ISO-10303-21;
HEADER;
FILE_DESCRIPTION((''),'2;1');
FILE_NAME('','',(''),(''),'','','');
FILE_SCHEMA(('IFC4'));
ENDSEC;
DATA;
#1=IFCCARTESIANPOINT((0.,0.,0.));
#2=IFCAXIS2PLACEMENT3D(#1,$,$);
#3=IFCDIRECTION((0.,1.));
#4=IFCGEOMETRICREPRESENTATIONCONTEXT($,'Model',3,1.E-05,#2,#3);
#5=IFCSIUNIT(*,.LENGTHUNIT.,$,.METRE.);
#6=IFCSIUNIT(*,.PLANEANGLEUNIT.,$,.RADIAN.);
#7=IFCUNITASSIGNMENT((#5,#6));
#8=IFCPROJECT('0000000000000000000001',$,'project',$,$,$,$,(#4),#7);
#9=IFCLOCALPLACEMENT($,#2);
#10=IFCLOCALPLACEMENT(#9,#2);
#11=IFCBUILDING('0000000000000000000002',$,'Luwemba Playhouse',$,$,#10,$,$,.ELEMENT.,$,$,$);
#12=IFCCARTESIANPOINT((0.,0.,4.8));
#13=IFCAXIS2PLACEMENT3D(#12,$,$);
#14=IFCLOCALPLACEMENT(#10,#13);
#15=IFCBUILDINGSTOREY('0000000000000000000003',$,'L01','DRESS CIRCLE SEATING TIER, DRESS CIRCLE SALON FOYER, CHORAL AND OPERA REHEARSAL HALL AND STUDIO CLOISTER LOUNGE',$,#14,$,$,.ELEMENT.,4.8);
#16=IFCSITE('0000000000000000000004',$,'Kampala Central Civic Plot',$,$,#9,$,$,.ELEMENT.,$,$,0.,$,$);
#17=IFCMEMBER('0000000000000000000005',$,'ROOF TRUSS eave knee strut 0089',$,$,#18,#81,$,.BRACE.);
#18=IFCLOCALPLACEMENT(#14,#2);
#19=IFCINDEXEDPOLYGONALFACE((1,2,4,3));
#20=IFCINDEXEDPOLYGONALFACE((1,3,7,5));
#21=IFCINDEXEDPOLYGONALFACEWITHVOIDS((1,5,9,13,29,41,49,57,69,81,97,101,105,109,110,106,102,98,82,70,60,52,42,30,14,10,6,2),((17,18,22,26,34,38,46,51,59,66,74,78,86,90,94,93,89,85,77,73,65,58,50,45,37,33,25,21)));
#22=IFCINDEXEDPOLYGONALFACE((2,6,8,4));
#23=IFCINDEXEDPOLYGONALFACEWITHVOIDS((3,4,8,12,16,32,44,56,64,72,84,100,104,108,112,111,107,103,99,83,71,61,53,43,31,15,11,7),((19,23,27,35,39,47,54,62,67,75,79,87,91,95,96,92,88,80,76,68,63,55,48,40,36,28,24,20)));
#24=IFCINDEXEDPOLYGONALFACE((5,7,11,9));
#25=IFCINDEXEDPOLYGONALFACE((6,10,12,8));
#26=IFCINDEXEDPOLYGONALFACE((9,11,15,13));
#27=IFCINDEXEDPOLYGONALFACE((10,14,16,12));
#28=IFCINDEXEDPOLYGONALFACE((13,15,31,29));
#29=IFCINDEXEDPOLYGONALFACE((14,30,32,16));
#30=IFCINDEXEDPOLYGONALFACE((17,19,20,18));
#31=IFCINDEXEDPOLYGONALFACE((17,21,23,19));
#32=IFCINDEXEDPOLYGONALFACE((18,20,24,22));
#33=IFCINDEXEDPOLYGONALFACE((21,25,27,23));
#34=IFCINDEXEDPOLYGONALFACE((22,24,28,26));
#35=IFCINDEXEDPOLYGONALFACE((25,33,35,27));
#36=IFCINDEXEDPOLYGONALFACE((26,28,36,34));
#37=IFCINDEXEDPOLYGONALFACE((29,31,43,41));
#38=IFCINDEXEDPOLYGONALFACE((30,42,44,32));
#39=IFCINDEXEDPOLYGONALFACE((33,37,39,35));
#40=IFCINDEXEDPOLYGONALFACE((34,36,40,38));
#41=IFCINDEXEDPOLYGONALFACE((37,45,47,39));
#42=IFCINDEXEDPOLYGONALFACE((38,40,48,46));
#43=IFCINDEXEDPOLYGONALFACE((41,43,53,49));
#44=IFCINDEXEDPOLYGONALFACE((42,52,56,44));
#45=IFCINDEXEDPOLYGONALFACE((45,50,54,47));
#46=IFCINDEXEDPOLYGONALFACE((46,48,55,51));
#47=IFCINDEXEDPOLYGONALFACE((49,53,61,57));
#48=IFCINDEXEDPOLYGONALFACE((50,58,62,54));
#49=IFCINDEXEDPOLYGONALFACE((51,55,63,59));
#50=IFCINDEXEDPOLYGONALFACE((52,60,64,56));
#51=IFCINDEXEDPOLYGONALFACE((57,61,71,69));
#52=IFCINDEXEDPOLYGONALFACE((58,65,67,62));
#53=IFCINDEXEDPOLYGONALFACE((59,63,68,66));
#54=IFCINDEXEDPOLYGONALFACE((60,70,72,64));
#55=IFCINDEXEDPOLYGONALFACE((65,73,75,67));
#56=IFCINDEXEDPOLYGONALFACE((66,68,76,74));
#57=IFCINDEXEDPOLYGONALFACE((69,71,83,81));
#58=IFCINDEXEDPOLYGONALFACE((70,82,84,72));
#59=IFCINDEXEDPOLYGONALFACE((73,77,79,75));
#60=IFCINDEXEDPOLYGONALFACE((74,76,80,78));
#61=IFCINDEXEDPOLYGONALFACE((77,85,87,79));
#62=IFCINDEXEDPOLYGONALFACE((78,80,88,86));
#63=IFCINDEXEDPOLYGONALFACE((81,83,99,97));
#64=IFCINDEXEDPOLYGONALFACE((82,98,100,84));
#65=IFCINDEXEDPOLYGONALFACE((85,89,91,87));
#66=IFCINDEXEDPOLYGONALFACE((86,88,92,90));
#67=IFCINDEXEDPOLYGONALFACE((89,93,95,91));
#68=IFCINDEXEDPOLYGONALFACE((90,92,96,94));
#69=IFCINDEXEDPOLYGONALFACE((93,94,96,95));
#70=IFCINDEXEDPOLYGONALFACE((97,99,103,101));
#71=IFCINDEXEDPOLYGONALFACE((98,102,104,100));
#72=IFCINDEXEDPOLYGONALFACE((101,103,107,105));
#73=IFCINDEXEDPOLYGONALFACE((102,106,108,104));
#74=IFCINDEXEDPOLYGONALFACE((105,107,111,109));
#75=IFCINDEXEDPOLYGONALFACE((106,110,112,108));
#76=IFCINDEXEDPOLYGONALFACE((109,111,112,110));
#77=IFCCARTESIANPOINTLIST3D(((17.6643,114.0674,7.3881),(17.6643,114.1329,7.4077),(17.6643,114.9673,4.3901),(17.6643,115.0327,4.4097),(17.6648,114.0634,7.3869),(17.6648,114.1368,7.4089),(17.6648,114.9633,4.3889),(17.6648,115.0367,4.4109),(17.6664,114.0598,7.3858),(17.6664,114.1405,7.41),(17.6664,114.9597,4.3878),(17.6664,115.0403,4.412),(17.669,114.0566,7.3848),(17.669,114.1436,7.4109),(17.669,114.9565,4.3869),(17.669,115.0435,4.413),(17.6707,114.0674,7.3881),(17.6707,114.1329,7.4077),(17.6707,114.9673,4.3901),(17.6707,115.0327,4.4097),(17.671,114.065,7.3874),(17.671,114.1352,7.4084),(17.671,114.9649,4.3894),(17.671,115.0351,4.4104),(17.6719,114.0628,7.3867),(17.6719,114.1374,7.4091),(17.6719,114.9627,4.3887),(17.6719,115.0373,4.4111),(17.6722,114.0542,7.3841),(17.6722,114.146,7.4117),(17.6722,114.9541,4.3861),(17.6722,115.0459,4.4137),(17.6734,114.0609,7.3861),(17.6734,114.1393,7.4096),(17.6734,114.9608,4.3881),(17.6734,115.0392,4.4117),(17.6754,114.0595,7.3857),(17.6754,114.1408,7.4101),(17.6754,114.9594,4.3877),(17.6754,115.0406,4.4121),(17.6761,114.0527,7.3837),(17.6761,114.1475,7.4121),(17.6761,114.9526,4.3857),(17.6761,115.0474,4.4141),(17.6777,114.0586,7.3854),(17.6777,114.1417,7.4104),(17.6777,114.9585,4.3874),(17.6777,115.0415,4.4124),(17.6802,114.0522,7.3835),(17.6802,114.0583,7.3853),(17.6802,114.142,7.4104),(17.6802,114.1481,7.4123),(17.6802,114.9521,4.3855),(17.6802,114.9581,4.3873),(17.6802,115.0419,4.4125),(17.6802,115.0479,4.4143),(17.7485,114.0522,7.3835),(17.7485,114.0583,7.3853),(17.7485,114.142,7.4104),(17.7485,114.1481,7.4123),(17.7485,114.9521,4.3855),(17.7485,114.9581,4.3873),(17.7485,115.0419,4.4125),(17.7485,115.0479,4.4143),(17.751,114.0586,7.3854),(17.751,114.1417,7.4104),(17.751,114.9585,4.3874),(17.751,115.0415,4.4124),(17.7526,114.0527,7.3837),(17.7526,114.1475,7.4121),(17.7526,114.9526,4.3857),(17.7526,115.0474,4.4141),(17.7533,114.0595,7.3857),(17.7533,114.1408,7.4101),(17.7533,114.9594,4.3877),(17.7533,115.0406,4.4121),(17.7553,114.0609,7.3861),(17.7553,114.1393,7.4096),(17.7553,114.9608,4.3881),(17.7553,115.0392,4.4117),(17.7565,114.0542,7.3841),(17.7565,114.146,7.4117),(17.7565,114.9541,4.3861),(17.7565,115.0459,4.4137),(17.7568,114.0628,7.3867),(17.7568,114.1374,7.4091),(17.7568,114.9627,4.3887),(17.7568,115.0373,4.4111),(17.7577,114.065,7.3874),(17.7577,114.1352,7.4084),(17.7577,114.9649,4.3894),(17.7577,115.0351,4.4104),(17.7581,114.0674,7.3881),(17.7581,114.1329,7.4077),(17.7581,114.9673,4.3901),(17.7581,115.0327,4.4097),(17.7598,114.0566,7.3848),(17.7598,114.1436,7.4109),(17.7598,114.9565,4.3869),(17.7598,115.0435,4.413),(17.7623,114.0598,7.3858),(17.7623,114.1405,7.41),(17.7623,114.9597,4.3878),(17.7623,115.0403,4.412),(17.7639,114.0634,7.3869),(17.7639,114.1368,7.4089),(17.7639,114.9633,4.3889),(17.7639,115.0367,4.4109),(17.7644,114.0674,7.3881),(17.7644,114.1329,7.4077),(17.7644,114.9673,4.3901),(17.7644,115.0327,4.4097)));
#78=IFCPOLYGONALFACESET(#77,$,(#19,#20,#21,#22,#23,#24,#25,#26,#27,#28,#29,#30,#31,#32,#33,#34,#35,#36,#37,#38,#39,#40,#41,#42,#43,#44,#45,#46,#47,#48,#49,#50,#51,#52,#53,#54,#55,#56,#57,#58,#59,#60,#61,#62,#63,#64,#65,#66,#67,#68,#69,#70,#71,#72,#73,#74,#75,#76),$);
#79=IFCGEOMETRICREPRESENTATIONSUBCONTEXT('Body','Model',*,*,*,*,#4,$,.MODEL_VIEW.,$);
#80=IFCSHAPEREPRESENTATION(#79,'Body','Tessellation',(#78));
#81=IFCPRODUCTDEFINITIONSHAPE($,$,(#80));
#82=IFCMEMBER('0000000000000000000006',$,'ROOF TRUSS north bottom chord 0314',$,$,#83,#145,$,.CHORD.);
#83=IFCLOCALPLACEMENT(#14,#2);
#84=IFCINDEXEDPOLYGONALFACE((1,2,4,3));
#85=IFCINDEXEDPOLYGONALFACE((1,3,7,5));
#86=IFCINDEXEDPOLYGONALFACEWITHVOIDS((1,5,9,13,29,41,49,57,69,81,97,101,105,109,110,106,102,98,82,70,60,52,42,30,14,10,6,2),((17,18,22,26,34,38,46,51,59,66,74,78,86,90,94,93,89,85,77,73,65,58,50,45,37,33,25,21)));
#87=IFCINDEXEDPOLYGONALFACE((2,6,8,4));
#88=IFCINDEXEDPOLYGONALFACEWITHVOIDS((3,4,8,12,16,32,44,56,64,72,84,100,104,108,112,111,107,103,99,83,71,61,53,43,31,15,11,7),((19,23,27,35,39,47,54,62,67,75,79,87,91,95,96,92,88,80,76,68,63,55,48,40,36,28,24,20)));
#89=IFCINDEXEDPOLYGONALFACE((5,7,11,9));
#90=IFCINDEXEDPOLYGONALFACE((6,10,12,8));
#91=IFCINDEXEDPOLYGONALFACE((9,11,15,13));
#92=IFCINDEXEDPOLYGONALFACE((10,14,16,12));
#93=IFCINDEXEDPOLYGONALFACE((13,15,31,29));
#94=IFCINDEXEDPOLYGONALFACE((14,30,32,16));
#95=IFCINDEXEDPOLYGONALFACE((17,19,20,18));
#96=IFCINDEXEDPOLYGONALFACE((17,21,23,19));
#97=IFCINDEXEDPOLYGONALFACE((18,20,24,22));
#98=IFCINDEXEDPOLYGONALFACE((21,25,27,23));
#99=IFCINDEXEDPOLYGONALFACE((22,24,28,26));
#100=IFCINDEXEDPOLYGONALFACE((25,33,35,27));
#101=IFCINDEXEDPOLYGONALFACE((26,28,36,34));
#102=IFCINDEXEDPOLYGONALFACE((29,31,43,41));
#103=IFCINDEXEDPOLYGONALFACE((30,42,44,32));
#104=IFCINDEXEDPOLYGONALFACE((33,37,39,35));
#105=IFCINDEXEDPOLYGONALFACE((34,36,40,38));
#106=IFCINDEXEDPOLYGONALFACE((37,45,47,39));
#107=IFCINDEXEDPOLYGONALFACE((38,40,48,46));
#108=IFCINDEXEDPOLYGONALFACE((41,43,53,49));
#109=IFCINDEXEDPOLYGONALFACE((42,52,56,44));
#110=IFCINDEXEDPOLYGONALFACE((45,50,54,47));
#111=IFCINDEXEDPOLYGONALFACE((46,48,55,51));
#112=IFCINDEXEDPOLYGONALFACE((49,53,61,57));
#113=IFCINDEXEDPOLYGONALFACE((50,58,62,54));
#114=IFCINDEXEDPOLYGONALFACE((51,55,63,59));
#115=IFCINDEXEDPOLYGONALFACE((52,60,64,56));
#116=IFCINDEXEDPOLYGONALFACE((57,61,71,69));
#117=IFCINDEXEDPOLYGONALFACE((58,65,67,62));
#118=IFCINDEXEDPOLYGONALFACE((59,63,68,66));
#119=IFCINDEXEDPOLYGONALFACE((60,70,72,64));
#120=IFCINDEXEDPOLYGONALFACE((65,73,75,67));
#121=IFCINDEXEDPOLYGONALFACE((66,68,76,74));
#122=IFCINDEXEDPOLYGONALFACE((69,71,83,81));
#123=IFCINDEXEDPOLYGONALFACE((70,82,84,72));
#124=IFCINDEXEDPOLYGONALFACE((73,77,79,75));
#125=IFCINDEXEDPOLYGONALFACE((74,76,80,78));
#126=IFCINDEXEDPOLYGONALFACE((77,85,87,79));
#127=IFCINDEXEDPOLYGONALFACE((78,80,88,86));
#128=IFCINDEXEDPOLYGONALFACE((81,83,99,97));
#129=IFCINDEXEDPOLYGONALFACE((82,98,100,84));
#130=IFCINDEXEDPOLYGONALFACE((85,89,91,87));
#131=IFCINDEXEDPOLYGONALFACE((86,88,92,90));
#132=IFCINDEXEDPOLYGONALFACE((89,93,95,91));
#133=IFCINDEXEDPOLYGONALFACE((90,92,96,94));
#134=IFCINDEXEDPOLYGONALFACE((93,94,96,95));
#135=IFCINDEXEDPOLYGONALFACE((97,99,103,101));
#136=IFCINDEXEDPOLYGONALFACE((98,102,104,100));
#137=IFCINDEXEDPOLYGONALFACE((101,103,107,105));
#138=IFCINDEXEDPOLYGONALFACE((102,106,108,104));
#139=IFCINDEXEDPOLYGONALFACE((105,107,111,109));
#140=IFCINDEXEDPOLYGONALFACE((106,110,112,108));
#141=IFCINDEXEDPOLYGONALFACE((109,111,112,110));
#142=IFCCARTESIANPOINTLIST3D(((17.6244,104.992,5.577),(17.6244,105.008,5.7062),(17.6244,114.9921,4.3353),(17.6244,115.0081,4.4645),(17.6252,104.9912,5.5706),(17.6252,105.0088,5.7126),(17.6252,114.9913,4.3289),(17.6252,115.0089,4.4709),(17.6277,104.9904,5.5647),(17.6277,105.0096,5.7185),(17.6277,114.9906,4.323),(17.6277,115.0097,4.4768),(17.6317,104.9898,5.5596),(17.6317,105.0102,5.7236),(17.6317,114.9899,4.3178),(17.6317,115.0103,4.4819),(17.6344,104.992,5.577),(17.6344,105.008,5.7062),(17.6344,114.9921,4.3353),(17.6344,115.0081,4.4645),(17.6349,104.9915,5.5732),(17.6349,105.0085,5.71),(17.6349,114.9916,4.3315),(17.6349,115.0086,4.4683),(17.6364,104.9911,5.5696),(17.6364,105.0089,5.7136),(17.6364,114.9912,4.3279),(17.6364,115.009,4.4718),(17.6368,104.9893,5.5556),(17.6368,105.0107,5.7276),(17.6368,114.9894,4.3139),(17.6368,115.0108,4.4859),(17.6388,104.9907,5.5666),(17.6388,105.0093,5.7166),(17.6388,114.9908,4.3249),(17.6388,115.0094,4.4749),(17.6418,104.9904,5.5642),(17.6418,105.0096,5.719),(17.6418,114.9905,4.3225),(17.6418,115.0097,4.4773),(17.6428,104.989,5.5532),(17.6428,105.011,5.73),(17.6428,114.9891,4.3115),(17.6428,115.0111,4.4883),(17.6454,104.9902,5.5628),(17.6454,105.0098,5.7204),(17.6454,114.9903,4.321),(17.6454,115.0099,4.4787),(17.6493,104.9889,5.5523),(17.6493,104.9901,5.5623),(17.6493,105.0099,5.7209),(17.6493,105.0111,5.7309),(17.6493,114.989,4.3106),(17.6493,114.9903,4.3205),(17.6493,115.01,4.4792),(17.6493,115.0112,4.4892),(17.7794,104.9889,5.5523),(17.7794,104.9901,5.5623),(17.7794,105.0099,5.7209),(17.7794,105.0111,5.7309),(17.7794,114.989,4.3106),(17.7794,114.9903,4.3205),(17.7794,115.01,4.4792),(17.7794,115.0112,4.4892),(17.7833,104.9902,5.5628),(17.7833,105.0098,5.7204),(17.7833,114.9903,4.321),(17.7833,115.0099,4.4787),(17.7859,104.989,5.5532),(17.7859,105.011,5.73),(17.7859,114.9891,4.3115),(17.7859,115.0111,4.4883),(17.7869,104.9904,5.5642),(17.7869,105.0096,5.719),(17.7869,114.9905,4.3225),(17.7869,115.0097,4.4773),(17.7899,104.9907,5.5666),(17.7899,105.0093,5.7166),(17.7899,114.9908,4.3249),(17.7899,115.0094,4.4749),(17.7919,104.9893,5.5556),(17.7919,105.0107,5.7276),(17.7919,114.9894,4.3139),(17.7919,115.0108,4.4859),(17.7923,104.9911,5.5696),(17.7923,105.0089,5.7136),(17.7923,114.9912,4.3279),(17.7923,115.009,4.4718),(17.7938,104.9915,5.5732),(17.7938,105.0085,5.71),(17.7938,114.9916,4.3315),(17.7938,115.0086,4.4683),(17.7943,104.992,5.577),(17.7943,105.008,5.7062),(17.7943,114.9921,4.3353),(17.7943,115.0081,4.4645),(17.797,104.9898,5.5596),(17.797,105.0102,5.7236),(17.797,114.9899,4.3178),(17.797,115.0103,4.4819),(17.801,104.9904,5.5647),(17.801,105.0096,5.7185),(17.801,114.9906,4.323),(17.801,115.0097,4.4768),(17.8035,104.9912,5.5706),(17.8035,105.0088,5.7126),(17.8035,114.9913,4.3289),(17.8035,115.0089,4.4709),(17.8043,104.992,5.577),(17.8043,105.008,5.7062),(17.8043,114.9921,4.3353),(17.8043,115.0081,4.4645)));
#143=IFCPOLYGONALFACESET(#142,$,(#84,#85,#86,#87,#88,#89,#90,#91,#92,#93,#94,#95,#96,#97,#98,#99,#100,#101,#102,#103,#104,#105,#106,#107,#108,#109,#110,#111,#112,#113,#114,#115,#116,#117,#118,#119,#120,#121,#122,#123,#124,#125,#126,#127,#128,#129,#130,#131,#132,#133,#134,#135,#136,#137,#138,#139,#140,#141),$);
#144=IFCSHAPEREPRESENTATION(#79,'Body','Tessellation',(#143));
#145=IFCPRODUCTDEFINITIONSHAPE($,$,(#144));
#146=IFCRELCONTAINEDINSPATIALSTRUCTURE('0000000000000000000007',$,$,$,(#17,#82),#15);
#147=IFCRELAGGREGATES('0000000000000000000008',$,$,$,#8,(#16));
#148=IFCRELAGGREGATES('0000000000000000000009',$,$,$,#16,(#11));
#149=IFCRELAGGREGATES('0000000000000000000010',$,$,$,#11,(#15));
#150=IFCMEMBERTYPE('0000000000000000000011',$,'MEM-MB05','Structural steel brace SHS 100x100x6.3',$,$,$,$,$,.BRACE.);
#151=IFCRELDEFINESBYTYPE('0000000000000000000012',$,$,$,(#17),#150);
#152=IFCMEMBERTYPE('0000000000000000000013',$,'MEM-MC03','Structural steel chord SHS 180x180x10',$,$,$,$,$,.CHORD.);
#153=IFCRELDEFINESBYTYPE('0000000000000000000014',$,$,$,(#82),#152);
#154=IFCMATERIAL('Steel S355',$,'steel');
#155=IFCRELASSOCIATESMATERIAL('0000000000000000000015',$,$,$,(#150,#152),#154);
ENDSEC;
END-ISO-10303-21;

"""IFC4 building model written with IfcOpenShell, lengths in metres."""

from ifc_helpers import new_model, si_unit, direction, frame, origin, origin_2d, place, context, subcontext, project, spatial, hollow_rectangle, extrude, material, material_profile, profile_set, type_object, element, save


model = new_model("IFC4")

# Units and contexts
model_context = context("Model", 3, precision=1e-05, world=origin(), true_north=direction((0.0, 1.0)))
body_context = subcontext(model_context, "Body", "Model", "MODEL_VIEW")
ifc_project = project(units=[si_unit("LENGTHUNIT", "METRE"), si_unit("PLANEANGLEUNIT", "RADIAN")], contexts=[model_context])

# Site, building, storey
site_placement = place(None, origin())
site = spatial("IfcSite", under=ifc_project, at=site_placement, Name="Kampala Central Civic Plot", CompositionType="ELEMENT", RefElevation=0.0)
building_placement = place(site_placement, origin())
building = spatial("IfcBuilding", under=site, at=building_placement, Name="Luwemba Playhouse", CompositionType="ELEMENT")
storey_placement = place(building_placement, frame((0.0, 0.0, 4.8)))
storey = spatial("IfcBuildingStorey", under=building, at=storey_placement, Name="L01", Description="DRESS CIRCLE SEATING TIER, DRESS CIRCLE SALON FOYER, CHORAL AND OPERA REHEARSAL HALL AND STUDIO CLOISTER LOUNGE", CompositionType="ELEMENT", Elevation=4.8)

# Shared definitions
ifc_material_1 = material(Name="Steel S355", Category="steel")

# Members
ifc_material_profile_1 = material_profile(ifc_material_1, hollow_rectangle(XDim=0.1001, YDim=0.1001, WallThickness=0.0063, InnerFilletRadius=0.0095, OuterFilletRadius=0.0159, at=origin_2d()))
ifc_profile_set_1 = profile_set([ifc_material_profile_1], Name="Steel S355")
member_type_1 = type_object("IfcMemberType", Name="MEM-MB05", Description="Structural steel brace SHS 100x100x6.3", PredefinedType="BRACE", material=ifc_profile_set_1)
member_1_placement = place(storey_placement, frame((17.7144, 115.0, 4.3999), z_axis=(0.0, -0.287491, 0.957783), x_axis=(1.0, 0.0, 0.0)))
element("IfcMember", 1, at=member_1_placement, inside=storey, type_object=member_type_1, Name="ROOF TRUSS eave knee strut 0089", PredefinedType="BRACE", context=body_context, shape_type="SweptSolid", body=[
    extrude(hollow_rectangle(XDim=0.1001, YDim=0.1001, WallThickness=0.0063, InnerFilletRadius=0.0095, OuterFilletRadius=0.0159, at=origin_2d()), origin(), (0.0, 0.0, 1.0), 3.1301),
])
ifc_material_profile_2 = material_profile(ifc_material_1, hollow_rectangle(XDim=0.1799, YDim=0.1799, WallThickness=0.01, InnerFilletRadius=0.0149, OuterFilletRadius=0.0249, at=origin_2d()))
ifc_profile_set_2 = profile_set([ifc_material_profile_2], Name="Steel S355")
member_type_2 = type_object("IfcMemberType", Name="MEM-MC03", Description="Structural steel chord SHS 180x180x10", PredefinedType="CHORD", material=ifc_profile_set_2)
member_2_placement = place(storey_placement, frame((17.7144, 105.0, 5.6416), z_axis=(0.0, 0.992379, -0.123224), x_axis=(-1.0, 0.0, 0.0)))
element("IfcMember", 2, at=member_2_placement, inside=storey, type_object=member_type_2, Name="ROOF TRUSS north bottom chord 0314", PredefinedType="CHORD", context=body_context, shape_type="SweptSolid", body=[
    extrude(hollow_rectangle(XDim=0.1799, YDim=0.1799, WallThickness=0.01, InnerFilletRadius=0.0149, OuterFilletRadius=0.0249, at=origin_2d()), origin(), (0.0, 0.0, 1.0), 10.0769),
])

save(model, "model.ifc")
